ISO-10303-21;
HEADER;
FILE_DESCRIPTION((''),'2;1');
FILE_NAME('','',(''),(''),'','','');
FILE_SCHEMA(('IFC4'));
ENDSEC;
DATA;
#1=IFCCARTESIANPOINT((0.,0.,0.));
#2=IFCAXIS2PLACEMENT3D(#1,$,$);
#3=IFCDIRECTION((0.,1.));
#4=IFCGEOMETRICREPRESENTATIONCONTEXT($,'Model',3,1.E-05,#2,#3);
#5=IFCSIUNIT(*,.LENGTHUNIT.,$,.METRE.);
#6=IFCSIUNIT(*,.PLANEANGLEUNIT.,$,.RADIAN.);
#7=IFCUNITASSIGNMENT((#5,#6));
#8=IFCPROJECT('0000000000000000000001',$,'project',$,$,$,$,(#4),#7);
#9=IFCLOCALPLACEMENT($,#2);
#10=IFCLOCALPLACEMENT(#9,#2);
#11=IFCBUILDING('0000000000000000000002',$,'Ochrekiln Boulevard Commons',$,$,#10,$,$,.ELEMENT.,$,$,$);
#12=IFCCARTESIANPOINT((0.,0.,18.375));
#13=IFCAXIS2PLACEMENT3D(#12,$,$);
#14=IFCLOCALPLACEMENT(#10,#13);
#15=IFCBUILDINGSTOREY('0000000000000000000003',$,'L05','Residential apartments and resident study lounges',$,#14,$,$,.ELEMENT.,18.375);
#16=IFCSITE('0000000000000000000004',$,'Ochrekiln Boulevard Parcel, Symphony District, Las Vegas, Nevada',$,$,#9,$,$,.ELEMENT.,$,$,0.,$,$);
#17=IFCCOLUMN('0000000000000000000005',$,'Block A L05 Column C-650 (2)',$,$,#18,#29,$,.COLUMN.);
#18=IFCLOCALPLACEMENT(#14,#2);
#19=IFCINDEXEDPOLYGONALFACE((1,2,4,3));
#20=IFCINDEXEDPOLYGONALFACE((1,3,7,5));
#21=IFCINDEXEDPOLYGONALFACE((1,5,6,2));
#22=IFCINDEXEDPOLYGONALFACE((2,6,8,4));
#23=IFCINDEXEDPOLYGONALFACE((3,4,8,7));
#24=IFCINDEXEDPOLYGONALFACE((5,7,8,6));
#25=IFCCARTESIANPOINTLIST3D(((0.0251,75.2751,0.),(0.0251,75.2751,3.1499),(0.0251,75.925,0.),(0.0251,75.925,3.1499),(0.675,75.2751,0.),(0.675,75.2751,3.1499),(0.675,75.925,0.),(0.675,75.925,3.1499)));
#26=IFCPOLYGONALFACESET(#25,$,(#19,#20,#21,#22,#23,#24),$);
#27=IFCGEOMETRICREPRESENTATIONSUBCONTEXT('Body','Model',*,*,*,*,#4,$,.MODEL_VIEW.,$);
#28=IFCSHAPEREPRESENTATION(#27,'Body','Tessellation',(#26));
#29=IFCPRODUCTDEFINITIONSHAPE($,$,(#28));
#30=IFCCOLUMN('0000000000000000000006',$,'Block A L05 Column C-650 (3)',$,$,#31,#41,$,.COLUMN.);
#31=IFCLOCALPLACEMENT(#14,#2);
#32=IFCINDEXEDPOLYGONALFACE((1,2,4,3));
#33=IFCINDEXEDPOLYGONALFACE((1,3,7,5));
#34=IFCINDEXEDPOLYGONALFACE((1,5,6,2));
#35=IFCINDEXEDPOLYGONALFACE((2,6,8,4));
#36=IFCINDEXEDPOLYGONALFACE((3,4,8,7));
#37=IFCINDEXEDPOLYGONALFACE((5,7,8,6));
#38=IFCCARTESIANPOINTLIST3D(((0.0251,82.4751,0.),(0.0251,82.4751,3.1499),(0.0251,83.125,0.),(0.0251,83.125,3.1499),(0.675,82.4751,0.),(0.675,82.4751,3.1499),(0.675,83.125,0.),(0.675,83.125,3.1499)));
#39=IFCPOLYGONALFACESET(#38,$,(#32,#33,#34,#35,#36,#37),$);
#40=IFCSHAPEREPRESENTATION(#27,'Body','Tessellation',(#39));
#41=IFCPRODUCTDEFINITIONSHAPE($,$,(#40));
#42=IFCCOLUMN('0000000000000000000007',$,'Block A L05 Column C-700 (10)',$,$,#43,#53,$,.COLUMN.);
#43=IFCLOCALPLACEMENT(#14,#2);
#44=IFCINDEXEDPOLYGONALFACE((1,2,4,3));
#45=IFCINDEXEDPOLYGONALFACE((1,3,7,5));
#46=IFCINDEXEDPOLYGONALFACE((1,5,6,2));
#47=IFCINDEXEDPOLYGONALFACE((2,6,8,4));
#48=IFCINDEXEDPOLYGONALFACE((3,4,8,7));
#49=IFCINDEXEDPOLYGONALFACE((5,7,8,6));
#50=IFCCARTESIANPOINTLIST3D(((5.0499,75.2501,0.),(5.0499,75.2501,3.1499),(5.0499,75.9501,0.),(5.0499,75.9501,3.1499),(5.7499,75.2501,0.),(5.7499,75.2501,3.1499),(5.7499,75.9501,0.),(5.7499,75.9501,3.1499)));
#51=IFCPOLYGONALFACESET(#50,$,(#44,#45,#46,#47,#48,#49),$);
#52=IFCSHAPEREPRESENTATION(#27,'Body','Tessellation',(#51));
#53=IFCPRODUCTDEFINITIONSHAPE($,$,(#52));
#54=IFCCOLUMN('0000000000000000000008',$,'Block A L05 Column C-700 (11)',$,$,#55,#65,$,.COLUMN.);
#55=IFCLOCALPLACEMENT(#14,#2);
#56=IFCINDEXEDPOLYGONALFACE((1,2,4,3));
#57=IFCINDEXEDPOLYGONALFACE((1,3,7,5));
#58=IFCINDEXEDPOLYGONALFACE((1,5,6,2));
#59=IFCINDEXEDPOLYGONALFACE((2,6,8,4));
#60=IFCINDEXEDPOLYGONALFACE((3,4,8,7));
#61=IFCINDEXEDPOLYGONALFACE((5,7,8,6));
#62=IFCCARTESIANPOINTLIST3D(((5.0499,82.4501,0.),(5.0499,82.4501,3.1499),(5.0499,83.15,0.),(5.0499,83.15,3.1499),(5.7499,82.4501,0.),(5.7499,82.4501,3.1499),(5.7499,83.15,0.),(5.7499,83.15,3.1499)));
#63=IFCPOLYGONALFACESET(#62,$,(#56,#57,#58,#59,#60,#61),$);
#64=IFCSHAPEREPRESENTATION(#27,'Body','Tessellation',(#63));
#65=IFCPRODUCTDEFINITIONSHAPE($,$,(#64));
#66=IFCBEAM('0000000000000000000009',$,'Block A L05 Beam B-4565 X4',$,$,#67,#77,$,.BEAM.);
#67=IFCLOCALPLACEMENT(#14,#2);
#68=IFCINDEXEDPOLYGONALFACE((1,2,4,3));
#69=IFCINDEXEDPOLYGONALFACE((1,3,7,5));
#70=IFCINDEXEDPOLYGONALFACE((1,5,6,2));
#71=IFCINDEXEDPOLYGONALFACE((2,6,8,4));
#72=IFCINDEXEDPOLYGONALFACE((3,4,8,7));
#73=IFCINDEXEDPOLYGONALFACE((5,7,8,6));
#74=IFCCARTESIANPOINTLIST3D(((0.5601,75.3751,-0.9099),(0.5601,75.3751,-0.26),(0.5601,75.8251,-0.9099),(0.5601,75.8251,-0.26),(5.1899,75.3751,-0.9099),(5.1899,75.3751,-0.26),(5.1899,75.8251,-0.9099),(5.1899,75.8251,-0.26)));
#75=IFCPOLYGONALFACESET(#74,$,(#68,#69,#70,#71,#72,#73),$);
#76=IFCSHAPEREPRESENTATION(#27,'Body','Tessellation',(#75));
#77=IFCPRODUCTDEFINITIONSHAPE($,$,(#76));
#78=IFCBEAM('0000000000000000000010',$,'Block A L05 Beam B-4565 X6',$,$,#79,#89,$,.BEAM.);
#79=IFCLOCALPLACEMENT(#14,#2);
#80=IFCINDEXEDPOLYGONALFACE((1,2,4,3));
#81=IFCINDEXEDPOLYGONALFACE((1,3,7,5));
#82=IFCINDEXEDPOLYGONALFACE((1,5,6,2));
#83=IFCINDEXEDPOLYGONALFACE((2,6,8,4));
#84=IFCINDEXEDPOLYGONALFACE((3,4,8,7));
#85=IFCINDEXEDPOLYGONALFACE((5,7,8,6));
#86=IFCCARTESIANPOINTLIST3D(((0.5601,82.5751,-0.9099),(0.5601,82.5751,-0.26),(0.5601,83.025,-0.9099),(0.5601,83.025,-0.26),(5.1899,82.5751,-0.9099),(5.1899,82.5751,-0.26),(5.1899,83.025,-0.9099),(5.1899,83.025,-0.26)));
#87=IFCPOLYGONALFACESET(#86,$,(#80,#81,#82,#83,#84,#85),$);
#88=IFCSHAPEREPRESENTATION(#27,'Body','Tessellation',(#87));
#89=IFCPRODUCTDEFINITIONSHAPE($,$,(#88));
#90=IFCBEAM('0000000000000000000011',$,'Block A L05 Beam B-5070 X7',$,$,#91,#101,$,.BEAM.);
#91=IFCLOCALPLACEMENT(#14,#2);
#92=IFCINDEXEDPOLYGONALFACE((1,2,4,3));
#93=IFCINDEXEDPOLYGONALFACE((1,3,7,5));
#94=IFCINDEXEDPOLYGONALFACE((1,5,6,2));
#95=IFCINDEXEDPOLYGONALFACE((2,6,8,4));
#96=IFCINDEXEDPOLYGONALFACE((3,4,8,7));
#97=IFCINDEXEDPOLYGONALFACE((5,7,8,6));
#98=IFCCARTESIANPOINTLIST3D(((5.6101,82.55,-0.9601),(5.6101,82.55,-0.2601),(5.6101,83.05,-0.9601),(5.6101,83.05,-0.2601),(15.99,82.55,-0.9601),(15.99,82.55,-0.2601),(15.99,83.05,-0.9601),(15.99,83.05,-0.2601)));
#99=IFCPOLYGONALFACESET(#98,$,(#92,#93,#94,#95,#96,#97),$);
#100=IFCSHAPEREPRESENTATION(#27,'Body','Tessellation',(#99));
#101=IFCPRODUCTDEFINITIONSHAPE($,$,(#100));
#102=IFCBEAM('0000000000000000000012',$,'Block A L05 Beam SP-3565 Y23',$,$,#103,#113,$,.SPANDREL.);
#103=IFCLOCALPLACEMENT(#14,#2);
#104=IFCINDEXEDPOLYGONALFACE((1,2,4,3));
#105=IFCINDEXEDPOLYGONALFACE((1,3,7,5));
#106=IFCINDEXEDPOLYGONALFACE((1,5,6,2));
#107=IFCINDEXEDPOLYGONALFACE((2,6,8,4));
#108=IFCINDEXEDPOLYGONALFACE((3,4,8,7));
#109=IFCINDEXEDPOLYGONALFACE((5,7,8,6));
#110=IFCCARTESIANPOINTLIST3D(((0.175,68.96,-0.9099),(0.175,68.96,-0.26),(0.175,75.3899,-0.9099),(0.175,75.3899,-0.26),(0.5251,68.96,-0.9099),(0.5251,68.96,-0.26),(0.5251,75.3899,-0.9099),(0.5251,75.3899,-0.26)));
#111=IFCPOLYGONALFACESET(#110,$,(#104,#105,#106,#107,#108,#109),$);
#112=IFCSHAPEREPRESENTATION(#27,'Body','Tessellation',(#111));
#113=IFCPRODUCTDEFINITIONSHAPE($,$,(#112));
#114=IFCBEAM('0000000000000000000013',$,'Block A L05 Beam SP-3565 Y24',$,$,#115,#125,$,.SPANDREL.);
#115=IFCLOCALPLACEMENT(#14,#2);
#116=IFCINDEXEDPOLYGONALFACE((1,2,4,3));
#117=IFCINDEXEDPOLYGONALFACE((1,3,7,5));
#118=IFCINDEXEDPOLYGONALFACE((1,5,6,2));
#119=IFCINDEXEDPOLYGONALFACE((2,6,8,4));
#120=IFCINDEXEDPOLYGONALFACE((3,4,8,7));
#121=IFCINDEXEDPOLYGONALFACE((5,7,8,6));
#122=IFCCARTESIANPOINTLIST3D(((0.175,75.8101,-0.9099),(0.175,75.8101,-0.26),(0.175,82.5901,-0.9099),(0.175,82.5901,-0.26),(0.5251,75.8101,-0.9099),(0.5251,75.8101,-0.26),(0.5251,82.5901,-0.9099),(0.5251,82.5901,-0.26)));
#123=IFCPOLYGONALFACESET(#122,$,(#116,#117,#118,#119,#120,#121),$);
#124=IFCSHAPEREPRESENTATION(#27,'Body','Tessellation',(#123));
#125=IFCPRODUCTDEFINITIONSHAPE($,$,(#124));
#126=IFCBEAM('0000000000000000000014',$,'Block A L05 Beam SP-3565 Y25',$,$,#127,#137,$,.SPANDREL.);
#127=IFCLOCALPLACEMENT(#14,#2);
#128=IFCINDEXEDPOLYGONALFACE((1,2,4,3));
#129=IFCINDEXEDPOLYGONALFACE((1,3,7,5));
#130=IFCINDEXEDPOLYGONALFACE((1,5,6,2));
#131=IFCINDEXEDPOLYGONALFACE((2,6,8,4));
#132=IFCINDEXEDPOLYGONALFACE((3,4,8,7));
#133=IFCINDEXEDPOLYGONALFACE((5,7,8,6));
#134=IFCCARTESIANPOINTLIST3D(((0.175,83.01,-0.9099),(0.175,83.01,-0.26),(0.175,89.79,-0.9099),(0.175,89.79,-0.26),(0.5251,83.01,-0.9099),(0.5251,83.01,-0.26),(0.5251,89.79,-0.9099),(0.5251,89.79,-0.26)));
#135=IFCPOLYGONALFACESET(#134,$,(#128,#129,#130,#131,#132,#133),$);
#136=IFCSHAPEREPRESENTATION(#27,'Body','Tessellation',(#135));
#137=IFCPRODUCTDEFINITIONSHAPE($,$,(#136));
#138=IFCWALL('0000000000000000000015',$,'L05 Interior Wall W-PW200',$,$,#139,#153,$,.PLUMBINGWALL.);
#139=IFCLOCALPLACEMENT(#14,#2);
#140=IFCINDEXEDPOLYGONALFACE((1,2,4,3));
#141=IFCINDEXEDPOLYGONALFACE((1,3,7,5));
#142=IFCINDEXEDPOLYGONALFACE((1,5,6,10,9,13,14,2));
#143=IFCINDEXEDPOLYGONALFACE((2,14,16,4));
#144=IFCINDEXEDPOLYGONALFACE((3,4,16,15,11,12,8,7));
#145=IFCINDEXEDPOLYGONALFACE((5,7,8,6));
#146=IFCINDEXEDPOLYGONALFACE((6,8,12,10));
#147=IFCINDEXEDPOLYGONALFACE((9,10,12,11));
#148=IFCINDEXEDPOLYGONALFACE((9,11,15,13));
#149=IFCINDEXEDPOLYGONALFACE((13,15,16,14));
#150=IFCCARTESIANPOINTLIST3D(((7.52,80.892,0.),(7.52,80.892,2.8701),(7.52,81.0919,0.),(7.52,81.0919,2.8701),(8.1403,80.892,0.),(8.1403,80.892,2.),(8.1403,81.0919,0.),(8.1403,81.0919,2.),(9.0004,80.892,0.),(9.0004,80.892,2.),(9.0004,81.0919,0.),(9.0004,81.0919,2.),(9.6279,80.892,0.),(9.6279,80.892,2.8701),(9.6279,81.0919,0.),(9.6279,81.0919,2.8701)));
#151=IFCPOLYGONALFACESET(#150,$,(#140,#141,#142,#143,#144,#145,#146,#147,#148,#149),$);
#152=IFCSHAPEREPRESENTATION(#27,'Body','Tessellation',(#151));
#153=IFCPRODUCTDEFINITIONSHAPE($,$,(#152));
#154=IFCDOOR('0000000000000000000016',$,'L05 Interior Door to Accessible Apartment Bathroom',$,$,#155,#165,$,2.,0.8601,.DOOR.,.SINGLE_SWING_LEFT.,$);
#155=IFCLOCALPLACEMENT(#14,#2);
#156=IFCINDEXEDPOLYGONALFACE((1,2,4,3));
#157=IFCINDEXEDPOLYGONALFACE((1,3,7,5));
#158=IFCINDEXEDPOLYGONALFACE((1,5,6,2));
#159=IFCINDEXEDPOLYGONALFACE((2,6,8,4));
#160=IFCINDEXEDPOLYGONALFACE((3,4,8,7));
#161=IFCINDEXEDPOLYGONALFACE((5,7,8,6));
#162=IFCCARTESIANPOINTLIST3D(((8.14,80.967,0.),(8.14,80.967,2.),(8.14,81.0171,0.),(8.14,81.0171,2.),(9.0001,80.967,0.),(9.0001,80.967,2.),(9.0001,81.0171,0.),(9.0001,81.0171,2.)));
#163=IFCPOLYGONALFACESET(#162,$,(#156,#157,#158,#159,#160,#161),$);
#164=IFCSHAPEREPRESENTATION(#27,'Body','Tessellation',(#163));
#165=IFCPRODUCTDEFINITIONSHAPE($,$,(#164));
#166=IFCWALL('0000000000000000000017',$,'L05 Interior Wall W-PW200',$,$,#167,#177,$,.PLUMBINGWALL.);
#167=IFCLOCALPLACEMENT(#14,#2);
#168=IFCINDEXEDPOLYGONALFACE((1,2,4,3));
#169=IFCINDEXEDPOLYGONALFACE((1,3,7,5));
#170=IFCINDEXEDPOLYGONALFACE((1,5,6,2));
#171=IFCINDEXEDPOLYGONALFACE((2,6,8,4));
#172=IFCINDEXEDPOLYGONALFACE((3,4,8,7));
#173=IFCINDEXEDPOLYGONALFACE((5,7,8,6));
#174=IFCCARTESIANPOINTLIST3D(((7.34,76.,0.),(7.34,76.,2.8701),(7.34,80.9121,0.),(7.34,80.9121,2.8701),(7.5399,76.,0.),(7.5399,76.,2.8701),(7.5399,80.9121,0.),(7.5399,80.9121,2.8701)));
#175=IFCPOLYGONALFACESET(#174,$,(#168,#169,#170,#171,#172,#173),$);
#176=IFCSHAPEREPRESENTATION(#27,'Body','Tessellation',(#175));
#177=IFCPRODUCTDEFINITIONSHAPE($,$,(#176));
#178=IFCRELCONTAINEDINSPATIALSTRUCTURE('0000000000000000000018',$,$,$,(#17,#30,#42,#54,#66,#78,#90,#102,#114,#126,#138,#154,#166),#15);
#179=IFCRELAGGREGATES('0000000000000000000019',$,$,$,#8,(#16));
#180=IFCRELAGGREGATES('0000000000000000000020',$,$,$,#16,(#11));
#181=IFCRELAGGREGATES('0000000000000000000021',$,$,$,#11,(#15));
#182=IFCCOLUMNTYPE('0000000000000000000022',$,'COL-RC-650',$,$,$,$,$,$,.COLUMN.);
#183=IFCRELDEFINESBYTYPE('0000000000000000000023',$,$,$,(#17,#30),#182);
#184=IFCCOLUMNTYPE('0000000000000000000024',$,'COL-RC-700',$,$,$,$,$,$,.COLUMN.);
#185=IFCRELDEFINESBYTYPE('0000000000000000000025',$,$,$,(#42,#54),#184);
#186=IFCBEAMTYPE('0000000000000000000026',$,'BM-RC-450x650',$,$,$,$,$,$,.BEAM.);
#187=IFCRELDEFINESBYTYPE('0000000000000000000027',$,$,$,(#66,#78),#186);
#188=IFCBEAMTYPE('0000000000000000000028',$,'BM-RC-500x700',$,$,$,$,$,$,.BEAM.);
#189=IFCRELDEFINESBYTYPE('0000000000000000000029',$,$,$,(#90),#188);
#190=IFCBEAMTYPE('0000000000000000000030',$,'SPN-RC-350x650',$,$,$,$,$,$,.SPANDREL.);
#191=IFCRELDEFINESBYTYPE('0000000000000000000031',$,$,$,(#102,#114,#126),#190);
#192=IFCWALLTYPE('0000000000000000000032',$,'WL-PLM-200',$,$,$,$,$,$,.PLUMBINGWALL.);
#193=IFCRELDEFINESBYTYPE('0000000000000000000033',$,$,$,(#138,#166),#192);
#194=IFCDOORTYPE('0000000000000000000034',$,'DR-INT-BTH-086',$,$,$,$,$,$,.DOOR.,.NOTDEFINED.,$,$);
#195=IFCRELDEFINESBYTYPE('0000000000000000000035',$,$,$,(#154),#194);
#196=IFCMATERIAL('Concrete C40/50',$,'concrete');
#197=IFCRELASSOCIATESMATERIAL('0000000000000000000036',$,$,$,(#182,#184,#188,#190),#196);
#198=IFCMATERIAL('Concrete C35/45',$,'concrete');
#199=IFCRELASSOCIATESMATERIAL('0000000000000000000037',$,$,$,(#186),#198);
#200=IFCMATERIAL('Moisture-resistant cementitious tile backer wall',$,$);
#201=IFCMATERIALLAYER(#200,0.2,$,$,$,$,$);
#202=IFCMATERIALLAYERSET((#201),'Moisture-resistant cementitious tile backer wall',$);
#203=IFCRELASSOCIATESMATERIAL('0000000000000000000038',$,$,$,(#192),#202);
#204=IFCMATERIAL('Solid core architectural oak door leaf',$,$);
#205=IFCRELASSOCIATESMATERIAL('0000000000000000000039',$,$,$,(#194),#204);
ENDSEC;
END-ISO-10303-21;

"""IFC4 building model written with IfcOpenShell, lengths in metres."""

from ifc_helpers import new_model, si_unit, direction, frame, frame_2d, origin, origin_2d, place, context, subcontext, project, spatial, rectangle, extrude, material, layer, layer_set, material_profile, profile_set, type_object, element, fill, save


model = new_model("IFC4")

# Units and contexts
model_context = context("Model", 3, precision=1e-05, world=origin(), true_north=direction((0.0, 1.0)))
body_context = subcontext(model_context, "Body", "Model", "MODEL_VIEW")
ifc_project = project(units=[si_unit("LENGTHUNIT", "METRE"), si_unit("PLANEANGLEUNIT", "RADIAN")], contexts=[model_context])

# Site, building, storey
site_placement = place(None, origin())
site = spatial("IfcSite", under=ifc_project, at=site_placement, Name="Ochrekiln Boulevard Parcel, Symphony District, Las Vegas, Nevada", CompositionType="ELEMENT", RefElevation=0.0)
building_placement = place(site_placement, origin())
building = spatial("IfcBuilding", under=site, at=building_placement, Name="Ochrekiln Boulevard Commons", CompositionType="ELEMENT")
storey_placement = place(building_placement, frame((0.0, 0.0, 18.375)))
storey = spatial("IfcBuildingStorey", under=building, at=storey_placement, Name="L05", Description="Residential apartments and resident study lounges", CompositionType="ELEMENT", Elevation=18.375)

# Columns
ifc_material_1 = material(Name="Concrete C40/50", Category="concrete")
ifc_material_profile_1 = material_profile(ifc_material_1, rectangle(XDim=0.6499, YDim=0.6499, at=origin_2d()), Name="RC-COL-650x650")
ifc_profile_set_1 = profile_set([ifc_material_profile_1], Name="Concrete C40/50")
column_type_1 = type_object("IfcColumnType", Name="COL-RC-650", PredefinedType="COLUMN", material=ifc_profile_set_1)
for number, where, z_axis, x_axis, name in (
    (1, (0.3501, 75.6001, 0.0), (0.0, 0.0, 1.0), (1.0, 0.0, 0.0), "Block A L05 Column C-650 (2)"),
    (2, (0.3501, 82.8, 0.0), (0.0, 0.0, 1.0), (1.0, 0.0, 0.0), "Block A L05 Column C-650 (3)"),
):
    element("IfcColumn", number, at=place(storey_placement, frame(where, z_axis=z_axis, x_axis=x_axis)), inside=storey, type_object=column_type_1, Name=name, PredefinedType="COLUMN", context=body_context, shape_type="SweptSolid", body=[
        extrude(rectangle(XDim=0.6499, YDim=0.6499, at=origin_2d()), origin(), (0.0, 0.0, 1.0), 3.1499),
    ])
ifc_material_profile_2 = material_profile(ifc_material_1, rectangle(XDim=0.7, YDim=0.7, at=origin_2d()), Name="RC-COL-700x700")
ifc_profile_set_2 = profile_set([ifc_material_profile_2], Name="Concrete C40/50")
column_type_2 = type_object("IfcColumnType", Name="COL-RC-700", PredefinedType="COLUMN", material=ifc_profile_set_2)
for number, where, z_axis, x_axis, name in (
    (3, (5.3999, 75.6001, 0.0), (0.0, 0.0, 1.0), (1.0, 0.0, 0.0), "Block A L05 Column C-700 (10)"),
    (4, (5.3999, 82.8, 0.0), (0.0, 0.0, 1.0), (1.0, 0.0, 0.0), "Block A L05 Column C-700 (11)"),
):
    element("IfcColumn", number, at=place(storey_placement, frame(where, z_axis=z_axis, x_axis=x_axis)), inside=storey, type_object=column_type_2, Name=name, PredefinedType="COLUMN", context=body_context, shape_type="SweptSolid", body=[
        extrude(rectangle(XDim=0.7, YDim=0.7, at=origin_2d()), origin(), (0.0, 0.0, 1.0), 3.1499),
    ])

# Beams
ifc_material_2 = material(Name="Concrete C35/45", Category="concrete")
ifc_material_profile_3 = material_profile(ifc_material_2, rectangle(XDim=0.45, YDim=0.6499, at=origin_2d()), Name="RC-BM-450x650")
ifc_profile_set_3 = profile_set([ifc_material_profile_3], Name="Concrete C35/45")
beam_type_1 = type_object("IfcBeamType", Name="BM-RC-450x650", PredefinedType="BEAM", material=ifc_profile_set_3)
for number, where, z_axis, x_axis, name in (
    (5, (0.5601, 75.6001, -0.585), (1.0, 0.0, 0.0), (0.0, 1.0, 0.0), "Block A L05 Beam B-4565 X4"),
    (6, (0.5601, 82.8, -0.585), (1.0, 0.0, 0.0), (0.0, 1.0, 0.0), "Block A L05 Beam B-4565 X6"),
):
    element("IfcBeam", number, at=place(storey_placement, frame(where, z_axis=z_axis, x_axis=x_axis)), inside=storey, type_object=beam_type_1, Name=name, PredefinedType="BEAM", context=body_context, shape_type="SweptSolid", body=[
        extrude(rectangle(XDim=0.45, YDim=0.6499, at=origin_2d()), origin(), (0.0, 0.0, 1.0), 4.6299),
    ])
ifc_material_profile_4 = material_profile(ifc_material_1, rectangle(XDim=0.5, YDim=0.7, at=origin_2d()), Name="RC-BM-500x700")
ifc_profile_set_4 = profile_set([ifc_material_profile_4], Name="Concrete C40/50")
beam_type_2 = type_object("IfcBeamType", Name="BM-RC-500x700", PredefinedType="BEAM", material=ifc_profile_set_4)
beam_1_placement = place(storey_placement, frame((5.6101, 82.8, -0.6101), z_axis=(1.0, 0.0, 0.0), x_axis=(0.0, 1.0, 0.0)))
element("IfcBeam", 7, at=beam_1_placement, inside=storey, type_object=beam_type_2, Name="Block A L05 Beam B-5070 X7", PredefinedType="BEAM", context=body_context, shape_type="SweptSolid", body=[
    extrude(rectangle(XDim=0.5, YDim=0.7, at=origin_2d()), origin(), (0.0, 0.0, 1.0), 10.3799),
])
ifc_material_profile_5 = material_profile(ifc_material_1, rectangle(XDim=0.3501, YDim=0.6499, at=origin_2d()), Name="RC-SPN-350x650")
ifc_profile_set_5 = profile_set([ifc_material_profile_5], Name="Concrete C40/50")
beam_type_3 = type_object("IfcBeamType", Name="SPN-RC-350x650", PredefinedType="SPANDREL", material=ifc_profile_set_5)
beam_2_placement = place(storey_placement, frame((0.3501, 68.96, -0.585), z_axis=(0.0, 1.0, 0.0), x_axis=(-1.0, 0.0, 0.0)))
element("IfcBeam", 8, at=beam_2_placement, inside=storey, type_object=beam_type_3, Name="Block A L05 Beam SP-3565 Y23", PredefinedType="SPANDREL", context=body_context, shape_type="SweptSolid", body=[
    extrude(rectangle(XDim=0.3501, YDim=0.6499, at=origin_2d()), origin(), (0.0, 0.0, 1.0), 6.4299),
])
for number, where, z_axis, x_axis, name in (
    (9, (0.3501, 75.8101, -0.585), (0.0, 1.0, 0.0), (-1.0, 0.0, 0.0), "Block A L05 Beam SP-3565 Y24"),
    (10, (0.3501, 83.01, -0.585), (0.0, 1.0, 0.0), (-1.0, 0.0, 0.0), "Block A L05 Beam SP-3565 Y25"),
):
    element("IfcBeam", number, at=place(storey_placement, frame(where, z_axis=z_axis, x_axis=x_axis)), inside=storey, type_object=beam_type_3, Name=name, PredefinedType="SPANDREL", context=body_context, shape_type="SweptSolid", body=[
        extrude(rectangle(XDim=0.3501, YDim=0.6499, at=origin_2d()), origin(), (0.0, 0.0, 1.0), 6.78),
    ])

# Wall, opening, door
ifc_material_3 = material(Name="Moisture-resistant cementitious tile backer wall")
ifc_layer_1 = layer(ifc_material_3, 0.2)
ifc_layer_set_1 = layer_set([ifc_layer_1], Name="Moisture-resistant cementitious tile backer wall")
wall_type_1 = type_object("IfcWallType", Name="WL-PLM-200", PredefinedType="PLUMBINGWALL", material=ifc_layer_set_1)
wall_1_placement = place(storey_placement, frame((7.52, 80.9919, 0.0), z_axis=(0.0, 0.0, 1.0), x_axis=(1.0, 0.0, 0.0)))
wall_1 = element("IfcWall", 11, at=wall_1_placement, inside=storey, type_object=wall_type_1, Name="L05 Interior Wall W-PW200", PredefinedType="PLUMBINGWALL", context=body_context, shape_type="SweptSolid", body=[
    extrude(rectangle(XDim=2.1079, YDim=0.2, at=frame_2d((1.054, 0.0))), origin(), (0.0, 0.0, 1.0), 2.8701),
])
opening_1_placement = place(wall_1_placement, frame((0.6201, 0.0, 0.0)))
opening_1 = element("IfcOpeningElement", 12, at=opening_1_placement, cuts=wall_1, PredefinedType="OPENING", context=body_context, shape_type="SweptSolid", body=[
    extrude(rectangle(XDim=0.8601, YDim=2.0, at=frame_2d((0.4302, 1.0))), frame((0.0, 0.1099, 0.0), z_axis=(0.0, -1.0, 0.0), x_axis=(1.0, 0.0, 0.0)), (0.0, 0.0, 1.0), 0.22),
])
ifc_material_4 = material(Name="Solid core architectural oak door leaf")
door_type_1 = type_object("IfcDoorType", Name="DR-INT-BTH-086", OperationType="NOTDEFINED", PredefinedType="DOOR", material=ifc_material_4)
door_1_placement = place(opening_1_placement, frame((0.8601, 0.0, 0.0), z_axis=(0.0, 0.0, 1.0), x_axis=(-1.0, 0.0, 0.0)))
door_1 = element("IfcDoor", 13, at=door_1_placement, inside=storey, type_object=door_type_1, Name="L05 Interior Door to Accessible Apartment Bathroom", OperationType="SINGLE_SWING_LEFT", OverallHeight=2.0, OverallWidth=0.8601, PredefinedType="DOOR", context=body_context, shape_type="SweptSolid", body=[
    extrude(rectangle(XDim=0.8601, YDim=2.0, at=frame_2d((0.4302, 1.0))), frame((0.0, 0.0249, 0.0), z_axis=(0.0, -1.0, 0.0), x_axis=(1.0, 0.0, 0.0)), (0.0, 0.0, 1.0), 0.05),
])
fill(opening_1, door_1)

# Wall
wall_2_placement = place(storey_placement, frame((7.4399, 76.0, 0.0), z_axis=(0.0, 0.0, 1.0), x_axis=(0.0, 1.0, 0.0)))
element("IfcWall", 14, at=wall_2_placement, inside=storey, type_object=wall_type_1, Name="L05 Interior Wall W-PW200", PredefinedType="PLUMBINGWALL", context=body_context, shape_type="SweptSolid", body=[
    extrude(rectangle(XDim=4.9121, YDim=0.2, at=frame_2d((2.4561, 0.0))), origin(), (0.0, 0.0, 1.0), 2.8701),
])

save(model, "model.ifc")
